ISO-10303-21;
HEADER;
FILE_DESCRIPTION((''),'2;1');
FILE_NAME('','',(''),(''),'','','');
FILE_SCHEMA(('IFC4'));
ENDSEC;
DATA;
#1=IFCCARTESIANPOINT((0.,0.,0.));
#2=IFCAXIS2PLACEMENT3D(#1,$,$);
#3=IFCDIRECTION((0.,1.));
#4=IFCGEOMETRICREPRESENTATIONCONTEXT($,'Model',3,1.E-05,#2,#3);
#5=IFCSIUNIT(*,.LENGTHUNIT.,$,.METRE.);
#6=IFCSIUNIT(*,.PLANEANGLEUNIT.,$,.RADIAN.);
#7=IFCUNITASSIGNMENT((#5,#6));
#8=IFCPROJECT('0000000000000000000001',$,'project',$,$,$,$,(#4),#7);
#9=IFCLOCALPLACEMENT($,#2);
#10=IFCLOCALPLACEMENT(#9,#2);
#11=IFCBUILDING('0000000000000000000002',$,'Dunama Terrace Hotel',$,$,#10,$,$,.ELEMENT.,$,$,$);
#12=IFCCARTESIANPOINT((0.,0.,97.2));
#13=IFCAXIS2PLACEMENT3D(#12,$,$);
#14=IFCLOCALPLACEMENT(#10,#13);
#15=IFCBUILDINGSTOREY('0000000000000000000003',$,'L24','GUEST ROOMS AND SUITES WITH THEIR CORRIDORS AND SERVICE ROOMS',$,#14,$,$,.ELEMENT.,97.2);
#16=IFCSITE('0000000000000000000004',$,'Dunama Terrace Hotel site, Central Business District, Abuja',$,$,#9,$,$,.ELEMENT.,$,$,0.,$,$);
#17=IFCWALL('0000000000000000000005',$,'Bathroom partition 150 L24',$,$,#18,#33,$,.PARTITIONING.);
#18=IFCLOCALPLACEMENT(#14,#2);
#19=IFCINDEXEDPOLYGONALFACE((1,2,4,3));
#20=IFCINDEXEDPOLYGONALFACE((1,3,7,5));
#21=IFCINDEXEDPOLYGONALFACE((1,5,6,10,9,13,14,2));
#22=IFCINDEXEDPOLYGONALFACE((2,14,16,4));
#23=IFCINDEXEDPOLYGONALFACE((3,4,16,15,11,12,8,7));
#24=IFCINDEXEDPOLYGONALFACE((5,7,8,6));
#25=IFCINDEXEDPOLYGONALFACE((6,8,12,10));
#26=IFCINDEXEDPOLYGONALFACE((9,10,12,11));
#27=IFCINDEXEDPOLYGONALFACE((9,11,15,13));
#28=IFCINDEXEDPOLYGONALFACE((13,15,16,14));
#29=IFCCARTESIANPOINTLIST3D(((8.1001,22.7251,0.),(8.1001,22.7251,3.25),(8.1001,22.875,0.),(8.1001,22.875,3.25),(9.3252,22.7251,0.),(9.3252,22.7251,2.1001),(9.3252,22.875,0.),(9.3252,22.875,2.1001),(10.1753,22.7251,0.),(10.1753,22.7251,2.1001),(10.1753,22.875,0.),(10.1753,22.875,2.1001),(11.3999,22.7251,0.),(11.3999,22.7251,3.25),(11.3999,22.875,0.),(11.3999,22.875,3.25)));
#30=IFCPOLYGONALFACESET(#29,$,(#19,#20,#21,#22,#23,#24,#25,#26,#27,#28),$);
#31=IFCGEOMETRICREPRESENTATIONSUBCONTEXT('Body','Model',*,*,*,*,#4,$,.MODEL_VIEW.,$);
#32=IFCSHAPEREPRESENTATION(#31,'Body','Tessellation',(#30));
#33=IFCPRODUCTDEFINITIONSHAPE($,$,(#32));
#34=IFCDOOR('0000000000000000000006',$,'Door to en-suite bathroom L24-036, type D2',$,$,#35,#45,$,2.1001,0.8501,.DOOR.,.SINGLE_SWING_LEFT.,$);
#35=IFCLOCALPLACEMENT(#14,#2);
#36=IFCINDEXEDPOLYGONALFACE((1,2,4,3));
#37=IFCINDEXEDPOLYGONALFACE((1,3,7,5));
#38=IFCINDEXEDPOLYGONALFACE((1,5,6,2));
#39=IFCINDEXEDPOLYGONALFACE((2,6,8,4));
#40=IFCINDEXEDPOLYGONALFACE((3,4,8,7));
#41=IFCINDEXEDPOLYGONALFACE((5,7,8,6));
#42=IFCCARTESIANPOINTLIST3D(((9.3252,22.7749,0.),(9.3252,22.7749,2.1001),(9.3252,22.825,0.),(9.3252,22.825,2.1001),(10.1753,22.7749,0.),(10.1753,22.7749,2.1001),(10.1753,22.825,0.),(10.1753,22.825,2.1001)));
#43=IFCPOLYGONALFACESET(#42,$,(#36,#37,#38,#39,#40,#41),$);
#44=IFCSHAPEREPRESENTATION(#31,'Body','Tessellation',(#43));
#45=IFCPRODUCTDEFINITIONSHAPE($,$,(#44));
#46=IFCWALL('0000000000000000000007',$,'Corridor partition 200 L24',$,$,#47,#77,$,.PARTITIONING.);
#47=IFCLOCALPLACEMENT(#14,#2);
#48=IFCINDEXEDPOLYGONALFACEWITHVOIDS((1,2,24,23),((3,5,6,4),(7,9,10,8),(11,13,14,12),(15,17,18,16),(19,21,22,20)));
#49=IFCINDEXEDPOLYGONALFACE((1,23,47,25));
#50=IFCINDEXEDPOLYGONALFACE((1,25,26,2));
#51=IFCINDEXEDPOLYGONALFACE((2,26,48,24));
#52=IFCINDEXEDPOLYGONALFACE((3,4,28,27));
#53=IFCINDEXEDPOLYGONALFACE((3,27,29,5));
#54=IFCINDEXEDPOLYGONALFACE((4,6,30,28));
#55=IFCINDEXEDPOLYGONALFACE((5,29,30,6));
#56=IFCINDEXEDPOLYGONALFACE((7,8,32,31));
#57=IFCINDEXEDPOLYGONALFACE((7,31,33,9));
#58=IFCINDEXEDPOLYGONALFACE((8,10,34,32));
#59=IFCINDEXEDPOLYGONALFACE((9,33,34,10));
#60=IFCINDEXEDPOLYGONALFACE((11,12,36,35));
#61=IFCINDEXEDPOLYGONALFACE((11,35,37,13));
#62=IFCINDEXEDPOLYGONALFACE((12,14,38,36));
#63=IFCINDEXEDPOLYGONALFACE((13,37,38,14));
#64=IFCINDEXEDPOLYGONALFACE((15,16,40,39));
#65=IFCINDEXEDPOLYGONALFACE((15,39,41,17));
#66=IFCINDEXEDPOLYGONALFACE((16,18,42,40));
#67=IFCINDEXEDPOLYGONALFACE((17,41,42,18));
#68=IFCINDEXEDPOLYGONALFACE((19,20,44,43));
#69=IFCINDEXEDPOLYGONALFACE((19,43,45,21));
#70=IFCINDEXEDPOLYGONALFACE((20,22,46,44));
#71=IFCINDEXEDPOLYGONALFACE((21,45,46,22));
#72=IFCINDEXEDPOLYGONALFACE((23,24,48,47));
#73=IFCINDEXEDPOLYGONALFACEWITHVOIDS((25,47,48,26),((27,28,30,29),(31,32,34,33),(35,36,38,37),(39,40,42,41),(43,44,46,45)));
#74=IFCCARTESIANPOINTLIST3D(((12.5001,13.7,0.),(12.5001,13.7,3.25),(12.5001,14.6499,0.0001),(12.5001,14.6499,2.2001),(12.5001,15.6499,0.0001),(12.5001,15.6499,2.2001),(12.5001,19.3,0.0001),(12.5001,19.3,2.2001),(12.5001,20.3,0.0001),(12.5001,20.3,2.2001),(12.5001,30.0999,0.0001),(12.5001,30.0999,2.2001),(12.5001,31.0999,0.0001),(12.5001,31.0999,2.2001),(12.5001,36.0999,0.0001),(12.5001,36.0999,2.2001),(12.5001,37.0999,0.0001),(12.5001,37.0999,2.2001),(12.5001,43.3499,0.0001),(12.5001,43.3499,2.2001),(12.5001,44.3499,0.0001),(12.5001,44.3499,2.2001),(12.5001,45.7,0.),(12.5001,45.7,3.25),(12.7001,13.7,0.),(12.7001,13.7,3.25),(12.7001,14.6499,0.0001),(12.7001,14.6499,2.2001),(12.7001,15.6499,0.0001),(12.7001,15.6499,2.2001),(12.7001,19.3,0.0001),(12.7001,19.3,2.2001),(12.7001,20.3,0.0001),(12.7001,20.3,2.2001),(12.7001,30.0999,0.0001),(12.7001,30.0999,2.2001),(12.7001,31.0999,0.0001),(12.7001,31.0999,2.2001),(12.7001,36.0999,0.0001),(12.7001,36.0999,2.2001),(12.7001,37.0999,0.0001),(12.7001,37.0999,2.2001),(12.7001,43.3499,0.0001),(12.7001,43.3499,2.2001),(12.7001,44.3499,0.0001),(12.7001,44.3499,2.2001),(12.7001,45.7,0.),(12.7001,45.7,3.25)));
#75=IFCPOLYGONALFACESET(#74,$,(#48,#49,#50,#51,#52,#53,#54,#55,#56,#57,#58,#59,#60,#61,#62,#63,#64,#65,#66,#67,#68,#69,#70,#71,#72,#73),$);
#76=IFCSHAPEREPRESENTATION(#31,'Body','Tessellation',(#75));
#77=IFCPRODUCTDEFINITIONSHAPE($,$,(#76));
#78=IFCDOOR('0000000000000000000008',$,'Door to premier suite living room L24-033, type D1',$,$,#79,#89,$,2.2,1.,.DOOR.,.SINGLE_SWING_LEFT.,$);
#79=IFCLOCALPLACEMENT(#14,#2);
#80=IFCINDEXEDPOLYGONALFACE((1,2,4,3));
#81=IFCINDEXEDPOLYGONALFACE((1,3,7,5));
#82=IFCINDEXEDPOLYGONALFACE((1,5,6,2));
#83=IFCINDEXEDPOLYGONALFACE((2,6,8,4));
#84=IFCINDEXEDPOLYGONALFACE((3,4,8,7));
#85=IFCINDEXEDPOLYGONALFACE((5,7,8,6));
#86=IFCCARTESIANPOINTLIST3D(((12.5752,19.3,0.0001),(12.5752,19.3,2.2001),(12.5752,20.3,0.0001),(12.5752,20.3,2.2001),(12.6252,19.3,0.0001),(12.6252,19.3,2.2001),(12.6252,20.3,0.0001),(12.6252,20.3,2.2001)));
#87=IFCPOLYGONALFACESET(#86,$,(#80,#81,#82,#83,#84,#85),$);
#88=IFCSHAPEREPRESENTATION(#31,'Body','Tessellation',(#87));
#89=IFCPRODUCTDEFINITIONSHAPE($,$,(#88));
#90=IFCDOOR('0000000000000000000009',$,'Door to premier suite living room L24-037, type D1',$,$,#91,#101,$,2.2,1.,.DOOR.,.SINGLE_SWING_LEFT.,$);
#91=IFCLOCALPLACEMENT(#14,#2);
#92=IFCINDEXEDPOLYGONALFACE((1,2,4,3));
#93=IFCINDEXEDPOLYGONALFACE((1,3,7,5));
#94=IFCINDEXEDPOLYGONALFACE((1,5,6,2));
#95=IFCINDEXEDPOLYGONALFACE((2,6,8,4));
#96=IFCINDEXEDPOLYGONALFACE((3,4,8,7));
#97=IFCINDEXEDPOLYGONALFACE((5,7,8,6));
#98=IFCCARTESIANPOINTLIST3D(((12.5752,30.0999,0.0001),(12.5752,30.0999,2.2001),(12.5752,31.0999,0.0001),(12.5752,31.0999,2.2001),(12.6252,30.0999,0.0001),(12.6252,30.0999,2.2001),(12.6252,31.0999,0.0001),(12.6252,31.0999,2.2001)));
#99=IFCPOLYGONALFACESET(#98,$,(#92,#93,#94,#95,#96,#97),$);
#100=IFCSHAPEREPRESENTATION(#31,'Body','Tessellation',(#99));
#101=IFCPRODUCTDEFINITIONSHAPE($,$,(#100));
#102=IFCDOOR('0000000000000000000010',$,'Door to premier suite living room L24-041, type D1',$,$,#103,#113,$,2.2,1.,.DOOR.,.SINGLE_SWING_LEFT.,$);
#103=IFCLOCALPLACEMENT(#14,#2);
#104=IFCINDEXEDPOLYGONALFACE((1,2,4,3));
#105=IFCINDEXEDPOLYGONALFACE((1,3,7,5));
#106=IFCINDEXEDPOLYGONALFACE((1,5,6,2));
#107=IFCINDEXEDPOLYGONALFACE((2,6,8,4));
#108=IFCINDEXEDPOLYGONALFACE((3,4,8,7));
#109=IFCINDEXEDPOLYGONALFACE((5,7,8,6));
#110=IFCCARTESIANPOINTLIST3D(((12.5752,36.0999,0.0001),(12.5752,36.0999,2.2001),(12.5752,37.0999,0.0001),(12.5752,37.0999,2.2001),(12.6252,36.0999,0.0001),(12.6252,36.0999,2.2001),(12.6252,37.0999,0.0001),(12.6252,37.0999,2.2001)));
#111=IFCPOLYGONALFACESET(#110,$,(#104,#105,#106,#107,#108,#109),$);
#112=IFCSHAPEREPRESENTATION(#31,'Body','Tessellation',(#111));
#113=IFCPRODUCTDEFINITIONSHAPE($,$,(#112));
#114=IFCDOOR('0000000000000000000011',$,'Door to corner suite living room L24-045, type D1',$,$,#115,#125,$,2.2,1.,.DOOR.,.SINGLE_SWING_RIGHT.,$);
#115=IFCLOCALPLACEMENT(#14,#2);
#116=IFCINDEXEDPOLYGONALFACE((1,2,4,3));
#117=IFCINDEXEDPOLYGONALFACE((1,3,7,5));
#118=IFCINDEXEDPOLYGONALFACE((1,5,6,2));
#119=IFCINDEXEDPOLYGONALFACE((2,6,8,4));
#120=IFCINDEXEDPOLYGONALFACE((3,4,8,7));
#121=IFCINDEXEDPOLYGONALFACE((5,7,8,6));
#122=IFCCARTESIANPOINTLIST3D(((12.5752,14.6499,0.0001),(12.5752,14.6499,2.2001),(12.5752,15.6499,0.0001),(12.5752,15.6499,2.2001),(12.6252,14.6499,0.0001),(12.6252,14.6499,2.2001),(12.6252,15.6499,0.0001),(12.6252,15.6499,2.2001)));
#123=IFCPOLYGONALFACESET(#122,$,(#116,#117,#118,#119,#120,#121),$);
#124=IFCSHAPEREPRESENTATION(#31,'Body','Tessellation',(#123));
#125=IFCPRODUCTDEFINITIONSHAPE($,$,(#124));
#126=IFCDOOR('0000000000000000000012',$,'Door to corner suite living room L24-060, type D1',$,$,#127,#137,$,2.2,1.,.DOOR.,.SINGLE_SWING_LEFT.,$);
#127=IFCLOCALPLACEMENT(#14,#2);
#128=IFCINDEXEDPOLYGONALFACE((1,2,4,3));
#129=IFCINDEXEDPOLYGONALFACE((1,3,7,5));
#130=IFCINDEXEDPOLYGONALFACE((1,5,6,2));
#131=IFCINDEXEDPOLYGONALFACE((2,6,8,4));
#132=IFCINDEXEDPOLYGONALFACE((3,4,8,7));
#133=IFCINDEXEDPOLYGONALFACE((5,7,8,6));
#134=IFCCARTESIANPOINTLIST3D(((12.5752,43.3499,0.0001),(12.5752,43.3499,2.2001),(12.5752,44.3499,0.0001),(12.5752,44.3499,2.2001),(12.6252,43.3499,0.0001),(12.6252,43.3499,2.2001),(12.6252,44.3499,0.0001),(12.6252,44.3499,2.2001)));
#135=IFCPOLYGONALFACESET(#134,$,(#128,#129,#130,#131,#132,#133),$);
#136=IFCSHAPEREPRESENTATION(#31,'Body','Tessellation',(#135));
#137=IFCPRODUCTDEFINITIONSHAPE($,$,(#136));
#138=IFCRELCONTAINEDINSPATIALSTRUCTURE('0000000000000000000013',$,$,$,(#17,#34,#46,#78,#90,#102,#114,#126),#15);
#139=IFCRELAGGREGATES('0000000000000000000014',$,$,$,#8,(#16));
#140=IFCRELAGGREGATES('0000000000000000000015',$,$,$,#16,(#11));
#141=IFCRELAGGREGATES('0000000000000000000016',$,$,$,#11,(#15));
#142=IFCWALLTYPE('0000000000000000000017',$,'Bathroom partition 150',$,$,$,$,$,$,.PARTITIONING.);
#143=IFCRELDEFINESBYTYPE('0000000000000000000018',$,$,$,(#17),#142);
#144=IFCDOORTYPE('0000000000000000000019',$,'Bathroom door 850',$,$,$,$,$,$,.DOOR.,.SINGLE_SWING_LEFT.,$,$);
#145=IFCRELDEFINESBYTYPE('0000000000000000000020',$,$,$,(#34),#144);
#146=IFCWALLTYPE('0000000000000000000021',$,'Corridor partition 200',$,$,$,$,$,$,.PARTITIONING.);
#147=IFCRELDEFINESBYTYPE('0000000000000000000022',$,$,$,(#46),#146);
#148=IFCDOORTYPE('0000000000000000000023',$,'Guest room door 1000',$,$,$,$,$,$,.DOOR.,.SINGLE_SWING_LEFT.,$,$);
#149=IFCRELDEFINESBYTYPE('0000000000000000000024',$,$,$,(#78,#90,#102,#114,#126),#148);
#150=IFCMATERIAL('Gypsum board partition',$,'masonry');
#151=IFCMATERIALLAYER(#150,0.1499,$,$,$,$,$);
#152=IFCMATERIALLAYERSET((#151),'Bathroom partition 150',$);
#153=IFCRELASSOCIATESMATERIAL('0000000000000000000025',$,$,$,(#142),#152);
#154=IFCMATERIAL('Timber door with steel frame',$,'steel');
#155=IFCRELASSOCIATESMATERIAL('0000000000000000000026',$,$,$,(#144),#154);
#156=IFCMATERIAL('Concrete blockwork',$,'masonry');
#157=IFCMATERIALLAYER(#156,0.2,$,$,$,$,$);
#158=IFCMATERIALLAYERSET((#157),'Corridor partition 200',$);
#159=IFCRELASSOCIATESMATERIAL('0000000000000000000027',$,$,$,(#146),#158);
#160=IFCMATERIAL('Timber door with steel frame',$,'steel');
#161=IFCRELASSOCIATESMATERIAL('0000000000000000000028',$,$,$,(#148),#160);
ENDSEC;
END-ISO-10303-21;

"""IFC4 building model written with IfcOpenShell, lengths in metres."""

from ifc_helpers import new_model, si_unit, direction, frame, frame_2d, origin, place, context, subcontext, project, spatial, rectangle, extrude, material, layer, layer_set, type_object, element, fill, save


model = new_model("IFC4")

# Units and contexts
model_context = context("Model", 3, precision=1e-05, world=origin(), true_north=direction((0.0, 1.0)))
body_context = subcontext(model_context, "Body", "Model", "MODEL_VIEW")
ifc_project = project(units=[si_unit("LENGTHUNIT", "METRE"), si_unit("PLANEANGLEUNIT", "RADIAN")], contexts=[model_context])

# Site, building, storey
site_placement = place(None, origin())
site = spatial("IfcSite", under=ifc_project, at=site_placement, Name="Dunama Terrace Hotel site, Central Business District, Abuja", CompositionType="ELEMENT", RefElevation=0.0)
building_placement = place(site_placement, origin())
building = spatial("IfcBuilding", under=site, at=building_placement, Name="Dunama Terrace Hotel", CompositionType="ELEMENT")
storey_placement = place(building_placement, frame((0.0, 0.0, 97.2)))
storey = spatial("IfcBuildingStorey", under=building, at=storey_placement, Name="L24", Description="GUEST ROOMS AND SUITES WITH THEIR CORRIDORS AND SERVICE ROOMS", CompositionType="ELEMENT", Elevation=97.2)

# Shared definitions
ifc_material_1 = material(Name="Gypsum board partition", Category="masonry")
ifc_layer_1 = layer(ifc_material_1, 0.1499)
ifc_layer_set_1 = layer_set([ifc_layer_1], Name="Bathroom partition 150")
wall_type_1 = type_object("IfcWallType", Name="Bathroom partition 150", PredefinedType="PARTITIONING", material=ifc_layer_set_1)

# Wall, opening, door
ifc_material_2 = material(Name="Timber door with steel frame", Category="steel")
door_type_1 = type_object("IfcDoorType", Name="Bathroom door 850", OperationType="SINGLE_SWING_LEFT", PredefinedType="DOOR", material=ifc_material_2)
wall_1_placement = place(storey_placement, frame((8.1001, 22.8, 0.0), z_axis=(0.0, 0.0, 1.0), x_axis=(1.0, 0.0, 0.0)))
wall_1 = element("IfcWall", 1, at=wall_1_placement, inside=storey, type_object=wall_type_1, Name="Bathroom partition 150 L24", PredefinedType="PARTITIONING", context=body_context, shape_type="SweptSolid", body=[
    extrude(rectangle(XDim=3.2998, YDim=0.1499, at=frame_2d((1.6499, 0.0))), origin(), (0.0, 0.0, 1.0), 3.25),
])
opening_1_placement = place(wall_1_placement, frame((1.2251, 0.0, 0.0)))
opening_1 = element("IfcOpeningElement", 2, at=opening_1_placement, cuts=wall_1, PredefinedType="OPENING", context=body_context, shape_type="SweptSolid", body=[
    extrude(rectangle(XDim=0.8501, YDim=2.1001, at=frame_2d((0.425, 1.05))), frame((0.0, 0.085, 0.0), z_axis=(0.0, -1.0, 0.0), x_axis=(1.0, 0.0, 0.0)), (0.0, 0.0, 1.0), 0.1699),
])
door_1_placement = place(opening_1_placement, origin())
door_1 = element("IfcDoor", 3, at=door_1_placement, inside=storey, type_object=door_type_1, Name="Door to en-suite bathroom L24-036, type D2", OperationType="SINGLE_SWING_LEFT", OverallHeight=2.1001, OverallWidth=0.8501, PredefinedType="DOOR", context=body_context, shape_type="SweptSolid", body=[
    extrude(rectangle(XDim=0.8501, YDim=2.1001, at=frame_2d((0.425, 1.05))), frame((0.0, 0.0249, 0.0), z_axis=(0.0, -1.0, 0.0), x_axis=(1.0, 0.0, 0.0)), (0.0, 0.0, 1.0), 0.05),
])
fill(opening_1, door_1)

# Wall, openings, doors
ifc_material_3 = material(Name="Concrete blockwork", Category="masonry")
ifc_layer_2 = layer(ifc_material_3, 0.2)
ifc_layer_set_2 = layer_set([ifc_layer_2], Name="Corridor partition 200")
wall_type_2 = type_object("IfcWallType", Name="Corridor partition 200", PredefinedType="PARTITIONING", material=ifc_layer_set_2)
wall_2_placement = place(storey_placement, frame((12.6001, 13.7, 0.0), z_axis=(0.0, 0.0, 1.0), x_axis=(0.0, 1.0, 0.0)))
wall_2 = element("IfcWall", 4, at=wall_2_placement, inside=storey, type_object=wall_type_2, Name="Corridor partition 200 L24", PredefinedType="PARTITIONING", context=body_context, shape_type="SweptSolid", body=[
    extrude(rectangle(XDim=32.0, YDim=0.2, at=frame_2d((16.0, 0.0))), origin(), (0.0, 0.0, 1.0), 3.25),
])
opening_2_placement = place(wall_2_placement, frame((5.6001, 0.0, 0.0)))
opening_2 = element("IfcOpeningElement", 5, at=opening_2_placement, cuts=wall_2, PredefinedType="OPENING", context=body_context, shape_type="SweptSolid", body=[
    extrude(rectangle(XDim=1.0, YDim=2.2, at=frame_2d((0.5, 1.1001))), frame((0.0, 0.1099, 0.0), z_axis=(0.0, -1.0, 0.0), x_axis=(1.0, 0.0, 0.0)), (0.0, 0.0, 1.0), 0.22),
])
opening_3_placement = place(wall_2_placement, frame((16.3999, 0.0, 0.0)))
opening_3 = element("IfcOpeningElement", 6, at=opening_3_placement, cuts=wall_2, PredefinedType="OPENING", context=body_context, shape_type="SweptSolid", body=[
    extrude(rectangle(XDim=1.0, YDim=2.2, at=frame_2d((0.5, 1.1001))), frame((0.0, 0.1099, 0.0), z_axis=(0.0, -1.0, 0.0), x_axis=(1.0, 0.0, 0.0)), (0.0, 0.0, 1.0), 0.22),
])
opening_4_placement = place(wall_2_placement, frame((22.3999, 0.0, 0.0)))
opening_4 = element("IfcOpeningElement", 7, at=opening_4_placement, cuts=wall_2, PredefinedType="OPENING", context=body_context, shape_type="SweptSolid", body=[
    extrude(rectangle(XDim=1.0, YDim=2.2, at=frame_2d((0.5, 1.1001))), frame((0.0, 0.1099, 0.0), z_axis=(0.0, -1.0, 0.0), x_axis=(1.0, 0.0, 0.0)), (0.0, 0.0, 1.0), 0.22),
])
opening_5_placement = place(wall_2_placement, frame((0.95, 0.0, 0.0)))
opening_5 = element("IfcOpeningElement", 8, at=opening_5_placement, cuts=wall_2, PredefinedType="OPENING", context=body_context, shape_type="SweptSolid", body=[
    extrude(rectangle(XDim=1.0, YDim=2.2, at=frame_2d((0.5, 1.1001))), frame((0.0, 0.1099, 0.0), z_axis=(0.0, -1.0, 0.0), x_axis=(1.0, 0.0, 0.0)), (0.0, 0.0, 1.0), 0.22),
])
opening_6_placement = place(wall_2_placement, frame((29.6499, 0.0, 0.0)))
opening_6 = element("IfcOpeningElement", 9, at=opening_6_placement, cuts=wall_2, PredefinedType="OPENING", context=body_context, shape_type="SweptSolid", body=[
    extrude(rectangle(XDim=1.0, YDim=2.2, at=frame_2d((0.5, 1.1001))), frame((0.0, 0.1099, 0.0), z_axis=(0.0, -1.0, 0.0), x_axis=(1.0, 0.0, 0.0)), (0.0, 0.0, 1.0), 0.22),
])
ifc_material_4 = material(Name="Timber door with steel frame", Category="steel")
door_type_2 = type_object("IfcDoorType", Name="Guest room door 1000", OperationType="SINGLE_SWING_LEFT", PredefinedType="DOOR", material=ifc_material_4)
door_2_placement = place(opening_2_placement, origin())
door_2 = element("IfcDoor", 10, at=door_2_placement, inside=storey, type_object=door_type_2, Name="Door to premier suite living room L24-033, type D1", OperationType="SINGLE_SWING_LEFT", OverallHeight=2.2, OverallWidth=1.0, PredefinedType="DOOR", context=body_context, shape_type="SweptSolid", body=[
    extrude(rectangle(XDim=1.0, YDim=2.2, at=frame_2d((0.5, 1.1001))), frame((0.0, 0.0249, 0.0), z_axis=(0.0, -1.0, 0.0), x_axis=(1.0, 0.0, 0.0)), (0.0, 0.0, 1.0), 0.05),
])
fill(opening_2, door_2)
door_3_placement = place(opening_3_placement, origin())
door_3 = element("IfcDoor", 11, at=door_3_placement, inside=storey, type_object=door_type_2, Name="Door to premier suite living room L24-037, type D1", OperationType="SINGLE_SWING_LEFT", OverallHeight=2.2, OverallWidth=1.0, PredefinedType="DOOR", context=body_context, shape_type="SweptSolid", body=[
    extrude(rectangle(XDim=1.0, YDim=2.2, at=frame_2d((0.5, 1.1001))), frame((0.0, 0.0249, 0.0), z_axis=(0.0, -1.0, 0.0), x_axis=(1.0, 0.0, 0.0)), (0.0, 0.0, 1.0), 0.05),
])
fill(opening_3, door_3)
door_4_placement = place(opening_4_placement, origin())
door_4 = element("IfcDoor", 12, at=door_4_placement, inside=storey, type_object=door_type_2, Name="Door to premier suite living room L24-041, type D1", OperationType="SINGLE_SWING_LEFT", OverallHeight=2.2, OverallWidth=1.0, PredefinedType="DOOR", context=body_context, shape_type="SweptSolid", body=[
    extrude(rectangle(XDim=1.0, YDim=2.2, at=frame_2d((0.5, 1.1001))), frame((0.0, 0.0249, 0.0), z_axis=(0.0, -1.0, 0.0), x_axis=(1.0, 0.0, 0.0)), (0.0, 0.0, 1.0), 0.05),
])
fill(opening_4, door_4)
door_5_placement = place(opening_5_placement, origin())
door_5 = element("IfcDoor", 13, at=door_5_placement, inside=storey, type_object=door_type_2, Name="Door to corner suite living room L24-045, type D1", OperationType="SINGLE_SWING_RIGHT", OverallHeight=2.2, OverallWidth=1.0, PredefinedType="DOOR", context=body_context, shape_type="SweptSolid", body=[
    extrude(rectangle(XDim=1.0, YDim=2.2, at=frame_2d((0.5, 1.1001))), frame((0.0, 0.0249, 0.0), z_axis=(0.0, -1.0, 0.0), x_axis=(1.0, 0.0, 0.0)), (0.0, 0.0, 1.0), 0.05),
])
fill(opening_5, door_5)
door_6_placement = place(opening_6_placement, origin())
door_6 = element("IfcDoor", 14, at=door_6_placement, inside=storey, type_object=door_type_2, Name="Door to corner suite living room L24-060, type D1", OperationType="SINGLE_SWING_LEFT", OverallHeight=2.2, OverallWidth=1.0, PredefinedType="DOOR", context=body_context, shape_type="SweptSolid", body=[
    extrude(rectangle(XDim=1.0, YDim=2.2, at=frame_2d((0.5, 1.1001))), frame((0.0, 0.0249, 0.0), z_axis=(0.0, -1.0, 0.0), x_axis=(1.0, 0.0, 0.0)), (0.0, 0.0, 1.0), 0.05),
])
fill(opening_6, door_6)

save(model, "model.ifc")
